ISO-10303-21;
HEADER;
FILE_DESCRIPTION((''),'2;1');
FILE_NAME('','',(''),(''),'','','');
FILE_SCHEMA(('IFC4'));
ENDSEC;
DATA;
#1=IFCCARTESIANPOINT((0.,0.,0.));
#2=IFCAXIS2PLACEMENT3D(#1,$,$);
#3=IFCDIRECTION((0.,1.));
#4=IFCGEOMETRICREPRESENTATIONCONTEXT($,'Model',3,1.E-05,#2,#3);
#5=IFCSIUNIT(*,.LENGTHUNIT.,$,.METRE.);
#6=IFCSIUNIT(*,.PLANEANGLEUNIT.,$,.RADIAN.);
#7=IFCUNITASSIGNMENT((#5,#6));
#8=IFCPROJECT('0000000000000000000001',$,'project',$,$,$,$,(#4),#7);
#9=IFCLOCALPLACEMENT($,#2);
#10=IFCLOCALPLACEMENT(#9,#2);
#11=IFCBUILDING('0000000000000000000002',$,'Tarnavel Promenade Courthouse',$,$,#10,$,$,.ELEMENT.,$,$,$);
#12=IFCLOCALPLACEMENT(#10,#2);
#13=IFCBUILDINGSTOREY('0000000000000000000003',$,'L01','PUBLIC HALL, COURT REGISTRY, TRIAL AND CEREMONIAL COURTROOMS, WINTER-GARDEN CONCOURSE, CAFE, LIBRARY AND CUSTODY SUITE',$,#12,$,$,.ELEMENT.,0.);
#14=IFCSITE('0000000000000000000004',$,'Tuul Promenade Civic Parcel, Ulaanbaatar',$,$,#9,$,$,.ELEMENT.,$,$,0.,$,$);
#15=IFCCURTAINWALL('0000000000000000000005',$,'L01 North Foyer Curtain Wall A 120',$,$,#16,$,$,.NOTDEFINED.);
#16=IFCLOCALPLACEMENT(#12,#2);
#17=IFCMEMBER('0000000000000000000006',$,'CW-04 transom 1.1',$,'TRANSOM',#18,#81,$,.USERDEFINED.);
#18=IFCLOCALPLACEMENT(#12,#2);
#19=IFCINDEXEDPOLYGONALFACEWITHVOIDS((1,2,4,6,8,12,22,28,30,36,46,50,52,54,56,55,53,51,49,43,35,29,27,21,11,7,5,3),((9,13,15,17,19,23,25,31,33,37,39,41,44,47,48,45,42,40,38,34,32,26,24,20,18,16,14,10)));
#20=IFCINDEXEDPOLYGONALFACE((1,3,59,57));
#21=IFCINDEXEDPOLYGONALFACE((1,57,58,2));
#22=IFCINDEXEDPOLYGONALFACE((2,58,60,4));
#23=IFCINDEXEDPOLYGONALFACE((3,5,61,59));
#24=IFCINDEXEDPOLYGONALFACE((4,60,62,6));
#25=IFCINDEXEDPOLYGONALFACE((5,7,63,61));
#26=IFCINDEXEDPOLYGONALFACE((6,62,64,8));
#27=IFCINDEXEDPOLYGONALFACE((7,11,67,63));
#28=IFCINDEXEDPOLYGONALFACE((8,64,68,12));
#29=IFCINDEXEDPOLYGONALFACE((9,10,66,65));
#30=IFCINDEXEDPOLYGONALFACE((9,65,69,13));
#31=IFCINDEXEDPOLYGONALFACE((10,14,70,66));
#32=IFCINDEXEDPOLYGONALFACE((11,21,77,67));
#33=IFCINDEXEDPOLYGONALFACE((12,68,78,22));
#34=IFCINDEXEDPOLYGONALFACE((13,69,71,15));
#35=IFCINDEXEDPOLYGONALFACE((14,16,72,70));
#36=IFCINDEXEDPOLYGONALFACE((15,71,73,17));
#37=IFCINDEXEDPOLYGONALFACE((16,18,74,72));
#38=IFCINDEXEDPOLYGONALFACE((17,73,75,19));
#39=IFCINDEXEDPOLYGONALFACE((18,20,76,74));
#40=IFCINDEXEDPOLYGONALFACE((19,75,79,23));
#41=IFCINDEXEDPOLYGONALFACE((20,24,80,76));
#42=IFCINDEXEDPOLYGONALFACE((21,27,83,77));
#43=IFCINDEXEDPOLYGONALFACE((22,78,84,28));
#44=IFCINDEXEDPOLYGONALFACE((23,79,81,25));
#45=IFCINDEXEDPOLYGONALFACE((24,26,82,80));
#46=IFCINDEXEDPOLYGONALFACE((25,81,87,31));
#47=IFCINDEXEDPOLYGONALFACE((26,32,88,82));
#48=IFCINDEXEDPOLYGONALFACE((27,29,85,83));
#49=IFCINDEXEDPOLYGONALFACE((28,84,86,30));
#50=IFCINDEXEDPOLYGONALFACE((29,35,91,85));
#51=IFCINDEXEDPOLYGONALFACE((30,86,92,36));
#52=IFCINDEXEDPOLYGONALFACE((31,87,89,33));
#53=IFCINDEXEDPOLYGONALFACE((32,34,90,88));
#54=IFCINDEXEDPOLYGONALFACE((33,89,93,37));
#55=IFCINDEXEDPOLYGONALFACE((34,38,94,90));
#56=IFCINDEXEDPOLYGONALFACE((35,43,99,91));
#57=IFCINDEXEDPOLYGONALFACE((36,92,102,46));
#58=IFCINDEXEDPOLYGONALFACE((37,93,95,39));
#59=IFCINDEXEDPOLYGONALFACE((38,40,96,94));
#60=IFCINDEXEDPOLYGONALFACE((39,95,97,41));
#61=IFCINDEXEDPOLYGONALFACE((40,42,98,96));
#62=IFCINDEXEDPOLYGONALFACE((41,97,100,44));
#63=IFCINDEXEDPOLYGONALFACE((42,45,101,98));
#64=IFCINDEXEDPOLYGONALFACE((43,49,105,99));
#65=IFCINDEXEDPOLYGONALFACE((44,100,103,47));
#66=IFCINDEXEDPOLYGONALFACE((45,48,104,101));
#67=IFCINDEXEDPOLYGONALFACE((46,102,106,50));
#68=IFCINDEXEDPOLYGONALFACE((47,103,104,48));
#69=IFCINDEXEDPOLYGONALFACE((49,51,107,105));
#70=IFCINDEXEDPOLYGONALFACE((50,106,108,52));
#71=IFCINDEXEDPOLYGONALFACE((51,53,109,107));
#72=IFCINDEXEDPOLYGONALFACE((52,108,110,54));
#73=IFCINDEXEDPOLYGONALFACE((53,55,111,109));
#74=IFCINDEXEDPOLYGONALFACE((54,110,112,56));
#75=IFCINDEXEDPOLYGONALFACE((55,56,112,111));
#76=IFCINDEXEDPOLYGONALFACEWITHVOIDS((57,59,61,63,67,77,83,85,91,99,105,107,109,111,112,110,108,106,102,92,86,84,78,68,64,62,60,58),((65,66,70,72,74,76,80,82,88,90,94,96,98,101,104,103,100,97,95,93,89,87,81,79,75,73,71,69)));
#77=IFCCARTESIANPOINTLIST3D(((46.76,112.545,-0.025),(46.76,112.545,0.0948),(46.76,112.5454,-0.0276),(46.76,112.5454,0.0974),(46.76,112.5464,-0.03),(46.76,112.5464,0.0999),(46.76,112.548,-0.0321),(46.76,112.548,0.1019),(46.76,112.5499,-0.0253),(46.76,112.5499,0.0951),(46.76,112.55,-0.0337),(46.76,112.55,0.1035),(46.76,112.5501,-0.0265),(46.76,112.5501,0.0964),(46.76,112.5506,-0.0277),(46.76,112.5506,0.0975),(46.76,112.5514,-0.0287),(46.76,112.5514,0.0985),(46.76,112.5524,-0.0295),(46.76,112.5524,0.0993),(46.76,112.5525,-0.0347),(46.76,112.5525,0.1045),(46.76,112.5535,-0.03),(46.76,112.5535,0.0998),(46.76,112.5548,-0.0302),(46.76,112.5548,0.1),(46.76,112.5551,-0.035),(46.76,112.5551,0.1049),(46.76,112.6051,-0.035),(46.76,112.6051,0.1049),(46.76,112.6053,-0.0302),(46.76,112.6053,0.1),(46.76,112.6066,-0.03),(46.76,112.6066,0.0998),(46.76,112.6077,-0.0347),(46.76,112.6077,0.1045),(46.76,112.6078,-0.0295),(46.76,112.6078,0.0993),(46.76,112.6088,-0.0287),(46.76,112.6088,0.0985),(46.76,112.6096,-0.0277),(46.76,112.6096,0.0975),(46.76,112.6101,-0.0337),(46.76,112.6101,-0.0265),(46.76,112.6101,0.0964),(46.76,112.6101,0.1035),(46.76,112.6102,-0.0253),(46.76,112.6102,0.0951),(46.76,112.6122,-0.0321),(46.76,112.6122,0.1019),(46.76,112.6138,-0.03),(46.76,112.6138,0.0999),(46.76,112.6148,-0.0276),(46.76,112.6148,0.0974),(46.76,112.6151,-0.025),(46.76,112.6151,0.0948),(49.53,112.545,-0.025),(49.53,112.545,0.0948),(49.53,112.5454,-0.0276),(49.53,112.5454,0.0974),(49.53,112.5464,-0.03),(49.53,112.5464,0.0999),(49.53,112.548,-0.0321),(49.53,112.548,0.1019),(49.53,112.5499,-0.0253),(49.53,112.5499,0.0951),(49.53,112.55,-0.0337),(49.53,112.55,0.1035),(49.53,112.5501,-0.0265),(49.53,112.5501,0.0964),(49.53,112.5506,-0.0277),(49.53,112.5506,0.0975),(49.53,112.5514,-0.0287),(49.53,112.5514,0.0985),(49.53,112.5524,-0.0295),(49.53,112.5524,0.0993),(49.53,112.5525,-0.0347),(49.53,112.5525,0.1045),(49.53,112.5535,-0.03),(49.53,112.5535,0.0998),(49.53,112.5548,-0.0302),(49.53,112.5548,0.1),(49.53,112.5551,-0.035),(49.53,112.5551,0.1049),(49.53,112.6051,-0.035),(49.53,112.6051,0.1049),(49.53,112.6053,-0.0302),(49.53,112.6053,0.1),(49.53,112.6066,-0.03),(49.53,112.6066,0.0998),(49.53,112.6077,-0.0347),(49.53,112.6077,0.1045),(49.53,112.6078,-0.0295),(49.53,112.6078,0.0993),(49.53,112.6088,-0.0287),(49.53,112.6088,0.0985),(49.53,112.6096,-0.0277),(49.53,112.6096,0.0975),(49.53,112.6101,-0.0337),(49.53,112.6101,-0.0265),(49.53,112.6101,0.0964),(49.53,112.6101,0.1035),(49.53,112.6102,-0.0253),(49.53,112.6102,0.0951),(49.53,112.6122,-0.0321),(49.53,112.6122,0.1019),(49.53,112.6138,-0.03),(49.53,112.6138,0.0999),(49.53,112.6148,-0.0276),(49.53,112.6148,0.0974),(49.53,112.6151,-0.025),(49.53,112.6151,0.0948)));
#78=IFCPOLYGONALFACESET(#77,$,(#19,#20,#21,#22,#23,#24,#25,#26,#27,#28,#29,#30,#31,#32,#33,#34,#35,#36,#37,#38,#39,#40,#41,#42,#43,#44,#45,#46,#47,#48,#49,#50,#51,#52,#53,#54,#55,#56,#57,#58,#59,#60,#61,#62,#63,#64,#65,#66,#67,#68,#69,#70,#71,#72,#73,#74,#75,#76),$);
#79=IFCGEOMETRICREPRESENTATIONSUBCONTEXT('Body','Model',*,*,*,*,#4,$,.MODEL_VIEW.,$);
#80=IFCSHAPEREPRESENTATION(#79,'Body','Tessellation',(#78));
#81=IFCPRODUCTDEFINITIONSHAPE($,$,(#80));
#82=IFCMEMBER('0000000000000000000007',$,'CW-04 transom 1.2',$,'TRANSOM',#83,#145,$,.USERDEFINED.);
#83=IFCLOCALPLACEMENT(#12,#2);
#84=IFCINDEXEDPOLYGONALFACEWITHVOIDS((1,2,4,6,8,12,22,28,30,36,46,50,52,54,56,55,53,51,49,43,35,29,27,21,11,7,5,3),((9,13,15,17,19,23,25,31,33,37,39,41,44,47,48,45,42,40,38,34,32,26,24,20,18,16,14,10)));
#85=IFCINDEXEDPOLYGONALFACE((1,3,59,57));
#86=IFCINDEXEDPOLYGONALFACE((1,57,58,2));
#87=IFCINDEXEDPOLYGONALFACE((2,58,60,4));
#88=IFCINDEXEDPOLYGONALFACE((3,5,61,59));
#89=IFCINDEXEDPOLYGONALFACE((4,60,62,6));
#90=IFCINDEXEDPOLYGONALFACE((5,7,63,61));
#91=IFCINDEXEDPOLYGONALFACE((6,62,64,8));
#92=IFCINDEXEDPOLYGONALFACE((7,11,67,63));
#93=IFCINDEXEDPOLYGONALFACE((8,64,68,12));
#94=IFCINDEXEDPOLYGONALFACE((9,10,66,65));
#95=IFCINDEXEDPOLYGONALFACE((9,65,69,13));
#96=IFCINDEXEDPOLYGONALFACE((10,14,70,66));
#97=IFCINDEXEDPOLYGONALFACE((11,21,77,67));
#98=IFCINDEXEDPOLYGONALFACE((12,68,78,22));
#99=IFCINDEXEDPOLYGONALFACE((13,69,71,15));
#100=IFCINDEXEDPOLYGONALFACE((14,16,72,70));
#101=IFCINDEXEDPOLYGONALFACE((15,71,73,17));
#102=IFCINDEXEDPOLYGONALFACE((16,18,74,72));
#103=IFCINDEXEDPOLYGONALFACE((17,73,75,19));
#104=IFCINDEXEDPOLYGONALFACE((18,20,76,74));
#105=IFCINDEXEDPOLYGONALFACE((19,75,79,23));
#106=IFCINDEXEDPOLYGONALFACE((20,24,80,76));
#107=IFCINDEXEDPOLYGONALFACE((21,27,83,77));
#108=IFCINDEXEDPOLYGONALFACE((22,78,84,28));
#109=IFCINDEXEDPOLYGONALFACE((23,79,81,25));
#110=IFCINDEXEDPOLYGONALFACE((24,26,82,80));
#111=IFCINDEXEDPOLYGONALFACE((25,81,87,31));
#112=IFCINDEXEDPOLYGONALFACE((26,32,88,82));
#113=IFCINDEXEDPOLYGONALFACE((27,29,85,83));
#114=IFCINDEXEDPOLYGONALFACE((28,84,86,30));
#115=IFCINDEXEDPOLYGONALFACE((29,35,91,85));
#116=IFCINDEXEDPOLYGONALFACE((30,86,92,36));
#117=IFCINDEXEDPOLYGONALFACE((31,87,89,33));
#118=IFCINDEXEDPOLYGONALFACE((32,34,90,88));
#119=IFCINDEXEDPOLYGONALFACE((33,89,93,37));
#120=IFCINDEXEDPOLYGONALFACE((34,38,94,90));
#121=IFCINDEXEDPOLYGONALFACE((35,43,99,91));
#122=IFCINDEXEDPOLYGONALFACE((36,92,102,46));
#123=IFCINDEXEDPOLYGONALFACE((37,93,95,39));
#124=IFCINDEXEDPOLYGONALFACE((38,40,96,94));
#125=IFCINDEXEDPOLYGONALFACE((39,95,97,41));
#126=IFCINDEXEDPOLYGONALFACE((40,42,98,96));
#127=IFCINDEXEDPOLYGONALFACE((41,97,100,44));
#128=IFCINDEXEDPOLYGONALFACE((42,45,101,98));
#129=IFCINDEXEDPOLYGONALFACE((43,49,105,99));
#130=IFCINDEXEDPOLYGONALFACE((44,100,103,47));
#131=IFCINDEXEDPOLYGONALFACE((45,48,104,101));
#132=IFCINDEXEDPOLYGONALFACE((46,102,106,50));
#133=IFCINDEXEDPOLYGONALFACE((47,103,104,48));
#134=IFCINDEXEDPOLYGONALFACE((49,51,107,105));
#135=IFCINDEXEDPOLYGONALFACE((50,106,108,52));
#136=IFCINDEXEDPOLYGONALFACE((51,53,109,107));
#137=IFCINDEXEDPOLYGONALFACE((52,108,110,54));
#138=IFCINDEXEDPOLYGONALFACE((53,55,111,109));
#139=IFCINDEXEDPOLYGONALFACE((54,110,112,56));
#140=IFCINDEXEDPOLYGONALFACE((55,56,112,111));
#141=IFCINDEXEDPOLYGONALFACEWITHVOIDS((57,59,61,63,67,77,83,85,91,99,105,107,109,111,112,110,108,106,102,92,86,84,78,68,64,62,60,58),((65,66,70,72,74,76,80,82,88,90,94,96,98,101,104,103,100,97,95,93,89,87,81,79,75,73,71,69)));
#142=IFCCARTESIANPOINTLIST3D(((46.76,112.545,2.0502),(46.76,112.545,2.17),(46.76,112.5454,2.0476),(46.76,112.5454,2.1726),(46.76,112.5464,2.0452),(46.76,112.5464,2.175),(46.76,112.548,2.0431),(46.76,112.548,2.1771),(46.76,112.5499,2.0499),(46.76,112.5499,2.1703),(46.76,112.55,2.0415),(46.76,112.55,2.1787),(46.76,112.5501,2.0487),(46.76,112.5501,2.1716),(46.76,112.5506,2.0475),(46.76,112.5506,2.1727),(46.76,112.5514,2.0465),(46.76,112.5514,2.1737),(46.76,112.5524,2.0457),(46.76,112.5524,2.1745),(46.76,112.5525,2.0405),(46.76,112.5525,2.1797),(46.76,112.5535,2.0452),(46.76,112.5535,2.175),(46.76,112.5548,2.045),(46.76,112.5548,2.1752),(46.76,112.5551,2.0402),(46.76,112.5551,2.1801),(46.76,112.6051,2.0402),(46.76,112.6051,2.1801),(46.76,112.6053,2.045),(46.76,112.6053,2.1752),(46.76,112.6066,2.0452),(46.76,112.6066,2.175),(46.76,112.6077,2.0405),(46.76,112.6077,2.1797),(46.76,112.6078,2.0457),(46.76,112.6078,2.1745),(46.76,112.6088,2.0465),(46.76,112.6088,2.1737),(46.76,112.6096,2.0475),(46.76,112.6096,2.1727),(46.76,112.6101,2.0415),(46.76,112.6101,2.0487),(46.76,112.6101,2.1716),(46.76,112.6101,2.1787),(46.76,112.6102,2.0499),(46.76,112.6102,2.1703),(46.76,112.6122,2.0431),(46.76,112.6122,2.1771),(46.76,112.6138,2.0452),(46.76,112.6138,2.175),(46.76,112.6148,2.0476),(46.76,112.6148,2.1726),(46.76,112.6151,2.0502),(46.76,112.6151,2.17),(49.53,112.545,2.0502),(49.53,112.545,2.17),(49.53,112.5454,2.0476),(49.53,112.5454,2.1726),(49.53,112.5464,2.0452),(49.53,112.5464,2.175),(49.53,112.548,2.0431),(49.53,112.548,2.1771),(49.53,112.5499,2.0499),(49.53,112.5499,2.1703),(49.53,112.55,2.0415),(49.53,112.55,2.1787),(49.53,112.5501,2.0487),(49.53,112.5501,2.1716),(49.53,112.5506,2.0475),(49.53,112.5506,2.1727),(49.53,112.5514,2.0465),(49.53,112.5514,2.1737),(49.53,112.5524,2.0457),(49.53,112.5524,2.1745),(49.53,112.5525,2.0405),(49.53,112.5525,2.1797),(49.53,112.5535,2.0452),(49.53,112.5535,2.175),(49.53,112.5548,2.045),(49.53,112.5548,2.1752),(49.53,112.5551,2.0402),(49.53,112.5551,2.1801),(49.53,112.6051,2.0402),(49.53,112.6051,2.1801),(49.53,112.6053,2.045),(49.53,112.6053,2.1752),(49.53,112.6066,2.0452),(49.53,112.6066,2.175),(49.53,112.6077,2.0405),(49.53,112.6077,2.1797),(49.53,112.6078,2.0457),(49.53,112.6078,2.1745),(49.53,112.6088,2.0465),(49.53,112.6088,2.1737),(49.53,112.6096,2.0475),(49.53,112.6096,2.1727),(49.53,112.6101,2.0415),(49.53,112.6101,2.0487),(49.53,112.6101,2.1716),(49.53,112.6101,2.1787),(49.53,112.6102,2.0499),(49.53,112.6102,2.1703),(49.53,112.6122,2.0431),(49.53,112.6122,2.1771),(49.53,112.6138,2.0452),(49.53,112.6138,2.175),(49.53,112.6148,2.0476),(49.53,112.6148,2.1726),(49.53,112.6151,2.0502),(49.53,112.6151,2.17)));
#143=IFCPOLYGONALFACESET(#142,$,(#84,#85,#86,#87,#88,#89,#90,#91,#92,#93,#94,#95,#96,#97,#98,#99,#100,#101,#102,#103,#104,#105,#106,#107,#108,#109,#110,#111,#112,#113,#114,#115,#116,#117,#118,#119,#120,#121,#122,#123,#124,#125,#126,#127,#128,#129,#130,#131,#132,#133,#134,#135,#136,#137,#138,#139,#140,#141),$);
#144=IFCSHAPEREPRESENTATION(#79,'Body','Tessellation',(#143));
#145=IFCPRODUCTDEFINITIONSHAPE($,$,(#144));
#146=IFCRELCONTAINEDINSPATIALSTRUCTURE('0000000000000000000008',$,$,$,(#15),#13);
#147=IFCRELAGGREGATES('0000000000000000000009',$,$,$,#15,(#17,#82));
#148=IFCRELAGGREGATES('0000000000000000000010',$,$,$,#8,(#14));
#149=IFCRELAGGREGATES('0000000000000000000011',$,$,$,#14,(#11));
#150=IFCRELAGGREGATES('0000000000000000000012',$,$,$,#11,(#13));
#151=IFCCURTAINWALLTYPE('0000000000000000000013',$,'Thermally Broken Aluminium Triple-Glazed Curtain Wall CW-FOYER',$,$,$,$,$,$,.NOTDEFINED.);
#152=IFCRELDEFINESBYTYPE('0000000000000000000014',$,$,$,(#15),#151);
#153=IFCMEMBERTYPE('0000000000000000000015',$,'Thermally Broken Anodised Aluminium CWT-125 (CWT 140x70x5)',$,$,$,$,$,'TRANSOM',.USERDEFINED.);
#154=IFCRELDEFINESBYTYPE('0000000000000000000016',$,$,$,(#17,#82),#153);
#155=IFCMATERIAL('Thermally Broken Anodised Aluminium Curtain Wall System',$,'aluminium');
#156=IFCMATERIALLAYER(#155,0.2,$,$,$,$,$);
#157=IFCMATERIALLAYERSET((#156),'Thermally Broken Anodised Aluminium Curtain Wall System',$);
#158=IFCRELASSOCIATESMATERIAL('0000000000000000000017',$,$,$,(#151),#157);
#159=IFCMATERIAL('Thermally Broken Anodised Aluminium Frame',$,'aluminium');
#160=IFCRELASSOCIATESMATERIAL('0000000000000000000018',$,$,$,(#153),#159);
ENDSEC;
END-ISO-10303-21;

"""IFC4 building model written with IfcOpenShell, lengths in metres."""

from ifc_helpers import new_model, si_unit, direction, frame, origin, origin_2d, place, context, subcontext, project, spatial, hollow_rectangle, extrude, material, layer, layer_set, material_profile, profile_set, type_object, element, aggregate, save


model = new_model("IFC4")

# Units and contexts
model_context = context("Model", 3, precision=1e-05, world=origin(), true_north=direction((0.0, 1.0)))
body_context = subcontext(model_context, "Body", "Model", "MODEL_VIEW")
ifc_project = project(units=[si_unit("LENGTHUNIT", "METRE"), si_unit("PLANEANGLEUNIT", "RADIAN")], contexts=[model_context])

# Site, building, storey
site_placement = place(None, origin())
site = spatial("IfcSite", under=ifc_project, at=site_placement, Name="Tuul Promenade Civic Parcel, Ulaanbaatar", CompositionType="ELEMENT", RefElevation=0.0)
building_placement = place(site_placement, origin())
building = spatial("IfcBuilding", under=site, at=building_placement, Name="Tarnavel Promenade Courthouse", CompositionType="ELEMENT")
storey_placement = place(building_placement, origin())
storey = spatial("IfcBuildingStorey", under=building, at=storey_placement, Name="L01", Description="PUBLIC HALL, COURT REGISTRY, TRIAL AND CEREMONIAL COURTROOMS, WINTER-GARDEN CONCOURSE, CAFE, LIBRARY AND CUSTODY SUITE", CompositionType="ELEMENT", Elevation=0.0)

# Curtain wall, members
ifc_material_1 = material(Name="Thermally Broken Anodised Aluminium Curtain Wall System", Category="aluminium")
ifc_layer_1 = layer(ifc_material_1, 0.2)
ifc_layer_set_1 = layer_set([ifc_layer_1], Name="Thermally Broken Anodised Aluminium Curtain Wall System")
curtain_wall_type = type_object("IfcCurtainWallType", Name="Thermally Broken Aluminium Triple-Glazed Curtain Wall CW-FOYER", PredefinedType="NOTDEFINED", material=ifc_layer_set_1)
curtain_wall_placement = place(storey_placement, origin())
curtain_wall = element("IfcCurtainWall", 1, at=curtain_wall_placement, inside=storey, type_object=curtain_wall_type, Name="L01 North Foyer Curtain Wall A 120", PredefinedType="NOTDEFINED")
ifc_material_2 = material(Name="Thermally Broken Anodised Aluminium Frame", Category="aluminium")
ifc_material_profile_1 = material_profile(ifc_material_2, hollow_rectangle(XDim=0.0701, YDim=0.1399, WallThickness=0.0049, InnerFilletRadius=0.0049, OuterFilletRadius=0.01, at=origin_2d()), Name="CWT 140x70x5")
ifc_profile_set_1 = profile_set([ifc_material_profile_1], Name="Thermally Broken Anodised Aluminium Frame")
member_type_1 = type_object("IfcMemberType", Name="Thermally Broken Anodised Aluminium CWT-125 (CWT 140x70x5)", ElementType="TRANSOM", PredefinedType="USERDEFINED", material=ifc_profile_set_1)
member_1_placement = place(storey_placement, frame((46.76, 112.5801, 0.0349), z_axis=(1.0, 0.0, 0.0), x_axis=(0.0, 1.0, 0.0)))
member_1 = element("IfcMember", 2, at=member_1_placement, type_object=member_type_1, Name="CW-04 transom 1.1", ObjectType="TRANSOM", PredefinedType="USERDEFINED", context=body_context, shape_type="SweptSolid", body=[
    extrude(hollow_rectangle(XDim=0.0701, YDim=0.1399, WallThickness=0.0049, InnerFilletRadius=0.0049, OuterFilletRadius=0.01, at=origin_2d()), origin(), (0.0, 0.0, 1.0), 2.77),
])
member_2_placement = place(storey_placement, frame((46.76, 112.5801, 2.1101), z_axis=(1.0, 0.0, 0.0), x_axis=(0.0, 1.0, 0.0)))
member_2 = element("IfcMember", 3, at=member_2_placement, type_object=member_type_1, Name="CW-04 transom 1.2", ObjectType="TRANSOM", PredefinedType="USERDEFINED", context=body_context, shape_type="SweptSolid", body=[
    extrude(hollow_rectangle(XDim=0.0701, YDim=0.1399, WallThickness=0.0049, InnerFilletRadius=0.0049, OuterFilletRadius=0.01, at=origin_2d()), origin(), (0.0, 0.0, 1.0), 2.77),
])
aggregate(curtain_wall, [member_1, member_2])

save(model, "model.ifc")
